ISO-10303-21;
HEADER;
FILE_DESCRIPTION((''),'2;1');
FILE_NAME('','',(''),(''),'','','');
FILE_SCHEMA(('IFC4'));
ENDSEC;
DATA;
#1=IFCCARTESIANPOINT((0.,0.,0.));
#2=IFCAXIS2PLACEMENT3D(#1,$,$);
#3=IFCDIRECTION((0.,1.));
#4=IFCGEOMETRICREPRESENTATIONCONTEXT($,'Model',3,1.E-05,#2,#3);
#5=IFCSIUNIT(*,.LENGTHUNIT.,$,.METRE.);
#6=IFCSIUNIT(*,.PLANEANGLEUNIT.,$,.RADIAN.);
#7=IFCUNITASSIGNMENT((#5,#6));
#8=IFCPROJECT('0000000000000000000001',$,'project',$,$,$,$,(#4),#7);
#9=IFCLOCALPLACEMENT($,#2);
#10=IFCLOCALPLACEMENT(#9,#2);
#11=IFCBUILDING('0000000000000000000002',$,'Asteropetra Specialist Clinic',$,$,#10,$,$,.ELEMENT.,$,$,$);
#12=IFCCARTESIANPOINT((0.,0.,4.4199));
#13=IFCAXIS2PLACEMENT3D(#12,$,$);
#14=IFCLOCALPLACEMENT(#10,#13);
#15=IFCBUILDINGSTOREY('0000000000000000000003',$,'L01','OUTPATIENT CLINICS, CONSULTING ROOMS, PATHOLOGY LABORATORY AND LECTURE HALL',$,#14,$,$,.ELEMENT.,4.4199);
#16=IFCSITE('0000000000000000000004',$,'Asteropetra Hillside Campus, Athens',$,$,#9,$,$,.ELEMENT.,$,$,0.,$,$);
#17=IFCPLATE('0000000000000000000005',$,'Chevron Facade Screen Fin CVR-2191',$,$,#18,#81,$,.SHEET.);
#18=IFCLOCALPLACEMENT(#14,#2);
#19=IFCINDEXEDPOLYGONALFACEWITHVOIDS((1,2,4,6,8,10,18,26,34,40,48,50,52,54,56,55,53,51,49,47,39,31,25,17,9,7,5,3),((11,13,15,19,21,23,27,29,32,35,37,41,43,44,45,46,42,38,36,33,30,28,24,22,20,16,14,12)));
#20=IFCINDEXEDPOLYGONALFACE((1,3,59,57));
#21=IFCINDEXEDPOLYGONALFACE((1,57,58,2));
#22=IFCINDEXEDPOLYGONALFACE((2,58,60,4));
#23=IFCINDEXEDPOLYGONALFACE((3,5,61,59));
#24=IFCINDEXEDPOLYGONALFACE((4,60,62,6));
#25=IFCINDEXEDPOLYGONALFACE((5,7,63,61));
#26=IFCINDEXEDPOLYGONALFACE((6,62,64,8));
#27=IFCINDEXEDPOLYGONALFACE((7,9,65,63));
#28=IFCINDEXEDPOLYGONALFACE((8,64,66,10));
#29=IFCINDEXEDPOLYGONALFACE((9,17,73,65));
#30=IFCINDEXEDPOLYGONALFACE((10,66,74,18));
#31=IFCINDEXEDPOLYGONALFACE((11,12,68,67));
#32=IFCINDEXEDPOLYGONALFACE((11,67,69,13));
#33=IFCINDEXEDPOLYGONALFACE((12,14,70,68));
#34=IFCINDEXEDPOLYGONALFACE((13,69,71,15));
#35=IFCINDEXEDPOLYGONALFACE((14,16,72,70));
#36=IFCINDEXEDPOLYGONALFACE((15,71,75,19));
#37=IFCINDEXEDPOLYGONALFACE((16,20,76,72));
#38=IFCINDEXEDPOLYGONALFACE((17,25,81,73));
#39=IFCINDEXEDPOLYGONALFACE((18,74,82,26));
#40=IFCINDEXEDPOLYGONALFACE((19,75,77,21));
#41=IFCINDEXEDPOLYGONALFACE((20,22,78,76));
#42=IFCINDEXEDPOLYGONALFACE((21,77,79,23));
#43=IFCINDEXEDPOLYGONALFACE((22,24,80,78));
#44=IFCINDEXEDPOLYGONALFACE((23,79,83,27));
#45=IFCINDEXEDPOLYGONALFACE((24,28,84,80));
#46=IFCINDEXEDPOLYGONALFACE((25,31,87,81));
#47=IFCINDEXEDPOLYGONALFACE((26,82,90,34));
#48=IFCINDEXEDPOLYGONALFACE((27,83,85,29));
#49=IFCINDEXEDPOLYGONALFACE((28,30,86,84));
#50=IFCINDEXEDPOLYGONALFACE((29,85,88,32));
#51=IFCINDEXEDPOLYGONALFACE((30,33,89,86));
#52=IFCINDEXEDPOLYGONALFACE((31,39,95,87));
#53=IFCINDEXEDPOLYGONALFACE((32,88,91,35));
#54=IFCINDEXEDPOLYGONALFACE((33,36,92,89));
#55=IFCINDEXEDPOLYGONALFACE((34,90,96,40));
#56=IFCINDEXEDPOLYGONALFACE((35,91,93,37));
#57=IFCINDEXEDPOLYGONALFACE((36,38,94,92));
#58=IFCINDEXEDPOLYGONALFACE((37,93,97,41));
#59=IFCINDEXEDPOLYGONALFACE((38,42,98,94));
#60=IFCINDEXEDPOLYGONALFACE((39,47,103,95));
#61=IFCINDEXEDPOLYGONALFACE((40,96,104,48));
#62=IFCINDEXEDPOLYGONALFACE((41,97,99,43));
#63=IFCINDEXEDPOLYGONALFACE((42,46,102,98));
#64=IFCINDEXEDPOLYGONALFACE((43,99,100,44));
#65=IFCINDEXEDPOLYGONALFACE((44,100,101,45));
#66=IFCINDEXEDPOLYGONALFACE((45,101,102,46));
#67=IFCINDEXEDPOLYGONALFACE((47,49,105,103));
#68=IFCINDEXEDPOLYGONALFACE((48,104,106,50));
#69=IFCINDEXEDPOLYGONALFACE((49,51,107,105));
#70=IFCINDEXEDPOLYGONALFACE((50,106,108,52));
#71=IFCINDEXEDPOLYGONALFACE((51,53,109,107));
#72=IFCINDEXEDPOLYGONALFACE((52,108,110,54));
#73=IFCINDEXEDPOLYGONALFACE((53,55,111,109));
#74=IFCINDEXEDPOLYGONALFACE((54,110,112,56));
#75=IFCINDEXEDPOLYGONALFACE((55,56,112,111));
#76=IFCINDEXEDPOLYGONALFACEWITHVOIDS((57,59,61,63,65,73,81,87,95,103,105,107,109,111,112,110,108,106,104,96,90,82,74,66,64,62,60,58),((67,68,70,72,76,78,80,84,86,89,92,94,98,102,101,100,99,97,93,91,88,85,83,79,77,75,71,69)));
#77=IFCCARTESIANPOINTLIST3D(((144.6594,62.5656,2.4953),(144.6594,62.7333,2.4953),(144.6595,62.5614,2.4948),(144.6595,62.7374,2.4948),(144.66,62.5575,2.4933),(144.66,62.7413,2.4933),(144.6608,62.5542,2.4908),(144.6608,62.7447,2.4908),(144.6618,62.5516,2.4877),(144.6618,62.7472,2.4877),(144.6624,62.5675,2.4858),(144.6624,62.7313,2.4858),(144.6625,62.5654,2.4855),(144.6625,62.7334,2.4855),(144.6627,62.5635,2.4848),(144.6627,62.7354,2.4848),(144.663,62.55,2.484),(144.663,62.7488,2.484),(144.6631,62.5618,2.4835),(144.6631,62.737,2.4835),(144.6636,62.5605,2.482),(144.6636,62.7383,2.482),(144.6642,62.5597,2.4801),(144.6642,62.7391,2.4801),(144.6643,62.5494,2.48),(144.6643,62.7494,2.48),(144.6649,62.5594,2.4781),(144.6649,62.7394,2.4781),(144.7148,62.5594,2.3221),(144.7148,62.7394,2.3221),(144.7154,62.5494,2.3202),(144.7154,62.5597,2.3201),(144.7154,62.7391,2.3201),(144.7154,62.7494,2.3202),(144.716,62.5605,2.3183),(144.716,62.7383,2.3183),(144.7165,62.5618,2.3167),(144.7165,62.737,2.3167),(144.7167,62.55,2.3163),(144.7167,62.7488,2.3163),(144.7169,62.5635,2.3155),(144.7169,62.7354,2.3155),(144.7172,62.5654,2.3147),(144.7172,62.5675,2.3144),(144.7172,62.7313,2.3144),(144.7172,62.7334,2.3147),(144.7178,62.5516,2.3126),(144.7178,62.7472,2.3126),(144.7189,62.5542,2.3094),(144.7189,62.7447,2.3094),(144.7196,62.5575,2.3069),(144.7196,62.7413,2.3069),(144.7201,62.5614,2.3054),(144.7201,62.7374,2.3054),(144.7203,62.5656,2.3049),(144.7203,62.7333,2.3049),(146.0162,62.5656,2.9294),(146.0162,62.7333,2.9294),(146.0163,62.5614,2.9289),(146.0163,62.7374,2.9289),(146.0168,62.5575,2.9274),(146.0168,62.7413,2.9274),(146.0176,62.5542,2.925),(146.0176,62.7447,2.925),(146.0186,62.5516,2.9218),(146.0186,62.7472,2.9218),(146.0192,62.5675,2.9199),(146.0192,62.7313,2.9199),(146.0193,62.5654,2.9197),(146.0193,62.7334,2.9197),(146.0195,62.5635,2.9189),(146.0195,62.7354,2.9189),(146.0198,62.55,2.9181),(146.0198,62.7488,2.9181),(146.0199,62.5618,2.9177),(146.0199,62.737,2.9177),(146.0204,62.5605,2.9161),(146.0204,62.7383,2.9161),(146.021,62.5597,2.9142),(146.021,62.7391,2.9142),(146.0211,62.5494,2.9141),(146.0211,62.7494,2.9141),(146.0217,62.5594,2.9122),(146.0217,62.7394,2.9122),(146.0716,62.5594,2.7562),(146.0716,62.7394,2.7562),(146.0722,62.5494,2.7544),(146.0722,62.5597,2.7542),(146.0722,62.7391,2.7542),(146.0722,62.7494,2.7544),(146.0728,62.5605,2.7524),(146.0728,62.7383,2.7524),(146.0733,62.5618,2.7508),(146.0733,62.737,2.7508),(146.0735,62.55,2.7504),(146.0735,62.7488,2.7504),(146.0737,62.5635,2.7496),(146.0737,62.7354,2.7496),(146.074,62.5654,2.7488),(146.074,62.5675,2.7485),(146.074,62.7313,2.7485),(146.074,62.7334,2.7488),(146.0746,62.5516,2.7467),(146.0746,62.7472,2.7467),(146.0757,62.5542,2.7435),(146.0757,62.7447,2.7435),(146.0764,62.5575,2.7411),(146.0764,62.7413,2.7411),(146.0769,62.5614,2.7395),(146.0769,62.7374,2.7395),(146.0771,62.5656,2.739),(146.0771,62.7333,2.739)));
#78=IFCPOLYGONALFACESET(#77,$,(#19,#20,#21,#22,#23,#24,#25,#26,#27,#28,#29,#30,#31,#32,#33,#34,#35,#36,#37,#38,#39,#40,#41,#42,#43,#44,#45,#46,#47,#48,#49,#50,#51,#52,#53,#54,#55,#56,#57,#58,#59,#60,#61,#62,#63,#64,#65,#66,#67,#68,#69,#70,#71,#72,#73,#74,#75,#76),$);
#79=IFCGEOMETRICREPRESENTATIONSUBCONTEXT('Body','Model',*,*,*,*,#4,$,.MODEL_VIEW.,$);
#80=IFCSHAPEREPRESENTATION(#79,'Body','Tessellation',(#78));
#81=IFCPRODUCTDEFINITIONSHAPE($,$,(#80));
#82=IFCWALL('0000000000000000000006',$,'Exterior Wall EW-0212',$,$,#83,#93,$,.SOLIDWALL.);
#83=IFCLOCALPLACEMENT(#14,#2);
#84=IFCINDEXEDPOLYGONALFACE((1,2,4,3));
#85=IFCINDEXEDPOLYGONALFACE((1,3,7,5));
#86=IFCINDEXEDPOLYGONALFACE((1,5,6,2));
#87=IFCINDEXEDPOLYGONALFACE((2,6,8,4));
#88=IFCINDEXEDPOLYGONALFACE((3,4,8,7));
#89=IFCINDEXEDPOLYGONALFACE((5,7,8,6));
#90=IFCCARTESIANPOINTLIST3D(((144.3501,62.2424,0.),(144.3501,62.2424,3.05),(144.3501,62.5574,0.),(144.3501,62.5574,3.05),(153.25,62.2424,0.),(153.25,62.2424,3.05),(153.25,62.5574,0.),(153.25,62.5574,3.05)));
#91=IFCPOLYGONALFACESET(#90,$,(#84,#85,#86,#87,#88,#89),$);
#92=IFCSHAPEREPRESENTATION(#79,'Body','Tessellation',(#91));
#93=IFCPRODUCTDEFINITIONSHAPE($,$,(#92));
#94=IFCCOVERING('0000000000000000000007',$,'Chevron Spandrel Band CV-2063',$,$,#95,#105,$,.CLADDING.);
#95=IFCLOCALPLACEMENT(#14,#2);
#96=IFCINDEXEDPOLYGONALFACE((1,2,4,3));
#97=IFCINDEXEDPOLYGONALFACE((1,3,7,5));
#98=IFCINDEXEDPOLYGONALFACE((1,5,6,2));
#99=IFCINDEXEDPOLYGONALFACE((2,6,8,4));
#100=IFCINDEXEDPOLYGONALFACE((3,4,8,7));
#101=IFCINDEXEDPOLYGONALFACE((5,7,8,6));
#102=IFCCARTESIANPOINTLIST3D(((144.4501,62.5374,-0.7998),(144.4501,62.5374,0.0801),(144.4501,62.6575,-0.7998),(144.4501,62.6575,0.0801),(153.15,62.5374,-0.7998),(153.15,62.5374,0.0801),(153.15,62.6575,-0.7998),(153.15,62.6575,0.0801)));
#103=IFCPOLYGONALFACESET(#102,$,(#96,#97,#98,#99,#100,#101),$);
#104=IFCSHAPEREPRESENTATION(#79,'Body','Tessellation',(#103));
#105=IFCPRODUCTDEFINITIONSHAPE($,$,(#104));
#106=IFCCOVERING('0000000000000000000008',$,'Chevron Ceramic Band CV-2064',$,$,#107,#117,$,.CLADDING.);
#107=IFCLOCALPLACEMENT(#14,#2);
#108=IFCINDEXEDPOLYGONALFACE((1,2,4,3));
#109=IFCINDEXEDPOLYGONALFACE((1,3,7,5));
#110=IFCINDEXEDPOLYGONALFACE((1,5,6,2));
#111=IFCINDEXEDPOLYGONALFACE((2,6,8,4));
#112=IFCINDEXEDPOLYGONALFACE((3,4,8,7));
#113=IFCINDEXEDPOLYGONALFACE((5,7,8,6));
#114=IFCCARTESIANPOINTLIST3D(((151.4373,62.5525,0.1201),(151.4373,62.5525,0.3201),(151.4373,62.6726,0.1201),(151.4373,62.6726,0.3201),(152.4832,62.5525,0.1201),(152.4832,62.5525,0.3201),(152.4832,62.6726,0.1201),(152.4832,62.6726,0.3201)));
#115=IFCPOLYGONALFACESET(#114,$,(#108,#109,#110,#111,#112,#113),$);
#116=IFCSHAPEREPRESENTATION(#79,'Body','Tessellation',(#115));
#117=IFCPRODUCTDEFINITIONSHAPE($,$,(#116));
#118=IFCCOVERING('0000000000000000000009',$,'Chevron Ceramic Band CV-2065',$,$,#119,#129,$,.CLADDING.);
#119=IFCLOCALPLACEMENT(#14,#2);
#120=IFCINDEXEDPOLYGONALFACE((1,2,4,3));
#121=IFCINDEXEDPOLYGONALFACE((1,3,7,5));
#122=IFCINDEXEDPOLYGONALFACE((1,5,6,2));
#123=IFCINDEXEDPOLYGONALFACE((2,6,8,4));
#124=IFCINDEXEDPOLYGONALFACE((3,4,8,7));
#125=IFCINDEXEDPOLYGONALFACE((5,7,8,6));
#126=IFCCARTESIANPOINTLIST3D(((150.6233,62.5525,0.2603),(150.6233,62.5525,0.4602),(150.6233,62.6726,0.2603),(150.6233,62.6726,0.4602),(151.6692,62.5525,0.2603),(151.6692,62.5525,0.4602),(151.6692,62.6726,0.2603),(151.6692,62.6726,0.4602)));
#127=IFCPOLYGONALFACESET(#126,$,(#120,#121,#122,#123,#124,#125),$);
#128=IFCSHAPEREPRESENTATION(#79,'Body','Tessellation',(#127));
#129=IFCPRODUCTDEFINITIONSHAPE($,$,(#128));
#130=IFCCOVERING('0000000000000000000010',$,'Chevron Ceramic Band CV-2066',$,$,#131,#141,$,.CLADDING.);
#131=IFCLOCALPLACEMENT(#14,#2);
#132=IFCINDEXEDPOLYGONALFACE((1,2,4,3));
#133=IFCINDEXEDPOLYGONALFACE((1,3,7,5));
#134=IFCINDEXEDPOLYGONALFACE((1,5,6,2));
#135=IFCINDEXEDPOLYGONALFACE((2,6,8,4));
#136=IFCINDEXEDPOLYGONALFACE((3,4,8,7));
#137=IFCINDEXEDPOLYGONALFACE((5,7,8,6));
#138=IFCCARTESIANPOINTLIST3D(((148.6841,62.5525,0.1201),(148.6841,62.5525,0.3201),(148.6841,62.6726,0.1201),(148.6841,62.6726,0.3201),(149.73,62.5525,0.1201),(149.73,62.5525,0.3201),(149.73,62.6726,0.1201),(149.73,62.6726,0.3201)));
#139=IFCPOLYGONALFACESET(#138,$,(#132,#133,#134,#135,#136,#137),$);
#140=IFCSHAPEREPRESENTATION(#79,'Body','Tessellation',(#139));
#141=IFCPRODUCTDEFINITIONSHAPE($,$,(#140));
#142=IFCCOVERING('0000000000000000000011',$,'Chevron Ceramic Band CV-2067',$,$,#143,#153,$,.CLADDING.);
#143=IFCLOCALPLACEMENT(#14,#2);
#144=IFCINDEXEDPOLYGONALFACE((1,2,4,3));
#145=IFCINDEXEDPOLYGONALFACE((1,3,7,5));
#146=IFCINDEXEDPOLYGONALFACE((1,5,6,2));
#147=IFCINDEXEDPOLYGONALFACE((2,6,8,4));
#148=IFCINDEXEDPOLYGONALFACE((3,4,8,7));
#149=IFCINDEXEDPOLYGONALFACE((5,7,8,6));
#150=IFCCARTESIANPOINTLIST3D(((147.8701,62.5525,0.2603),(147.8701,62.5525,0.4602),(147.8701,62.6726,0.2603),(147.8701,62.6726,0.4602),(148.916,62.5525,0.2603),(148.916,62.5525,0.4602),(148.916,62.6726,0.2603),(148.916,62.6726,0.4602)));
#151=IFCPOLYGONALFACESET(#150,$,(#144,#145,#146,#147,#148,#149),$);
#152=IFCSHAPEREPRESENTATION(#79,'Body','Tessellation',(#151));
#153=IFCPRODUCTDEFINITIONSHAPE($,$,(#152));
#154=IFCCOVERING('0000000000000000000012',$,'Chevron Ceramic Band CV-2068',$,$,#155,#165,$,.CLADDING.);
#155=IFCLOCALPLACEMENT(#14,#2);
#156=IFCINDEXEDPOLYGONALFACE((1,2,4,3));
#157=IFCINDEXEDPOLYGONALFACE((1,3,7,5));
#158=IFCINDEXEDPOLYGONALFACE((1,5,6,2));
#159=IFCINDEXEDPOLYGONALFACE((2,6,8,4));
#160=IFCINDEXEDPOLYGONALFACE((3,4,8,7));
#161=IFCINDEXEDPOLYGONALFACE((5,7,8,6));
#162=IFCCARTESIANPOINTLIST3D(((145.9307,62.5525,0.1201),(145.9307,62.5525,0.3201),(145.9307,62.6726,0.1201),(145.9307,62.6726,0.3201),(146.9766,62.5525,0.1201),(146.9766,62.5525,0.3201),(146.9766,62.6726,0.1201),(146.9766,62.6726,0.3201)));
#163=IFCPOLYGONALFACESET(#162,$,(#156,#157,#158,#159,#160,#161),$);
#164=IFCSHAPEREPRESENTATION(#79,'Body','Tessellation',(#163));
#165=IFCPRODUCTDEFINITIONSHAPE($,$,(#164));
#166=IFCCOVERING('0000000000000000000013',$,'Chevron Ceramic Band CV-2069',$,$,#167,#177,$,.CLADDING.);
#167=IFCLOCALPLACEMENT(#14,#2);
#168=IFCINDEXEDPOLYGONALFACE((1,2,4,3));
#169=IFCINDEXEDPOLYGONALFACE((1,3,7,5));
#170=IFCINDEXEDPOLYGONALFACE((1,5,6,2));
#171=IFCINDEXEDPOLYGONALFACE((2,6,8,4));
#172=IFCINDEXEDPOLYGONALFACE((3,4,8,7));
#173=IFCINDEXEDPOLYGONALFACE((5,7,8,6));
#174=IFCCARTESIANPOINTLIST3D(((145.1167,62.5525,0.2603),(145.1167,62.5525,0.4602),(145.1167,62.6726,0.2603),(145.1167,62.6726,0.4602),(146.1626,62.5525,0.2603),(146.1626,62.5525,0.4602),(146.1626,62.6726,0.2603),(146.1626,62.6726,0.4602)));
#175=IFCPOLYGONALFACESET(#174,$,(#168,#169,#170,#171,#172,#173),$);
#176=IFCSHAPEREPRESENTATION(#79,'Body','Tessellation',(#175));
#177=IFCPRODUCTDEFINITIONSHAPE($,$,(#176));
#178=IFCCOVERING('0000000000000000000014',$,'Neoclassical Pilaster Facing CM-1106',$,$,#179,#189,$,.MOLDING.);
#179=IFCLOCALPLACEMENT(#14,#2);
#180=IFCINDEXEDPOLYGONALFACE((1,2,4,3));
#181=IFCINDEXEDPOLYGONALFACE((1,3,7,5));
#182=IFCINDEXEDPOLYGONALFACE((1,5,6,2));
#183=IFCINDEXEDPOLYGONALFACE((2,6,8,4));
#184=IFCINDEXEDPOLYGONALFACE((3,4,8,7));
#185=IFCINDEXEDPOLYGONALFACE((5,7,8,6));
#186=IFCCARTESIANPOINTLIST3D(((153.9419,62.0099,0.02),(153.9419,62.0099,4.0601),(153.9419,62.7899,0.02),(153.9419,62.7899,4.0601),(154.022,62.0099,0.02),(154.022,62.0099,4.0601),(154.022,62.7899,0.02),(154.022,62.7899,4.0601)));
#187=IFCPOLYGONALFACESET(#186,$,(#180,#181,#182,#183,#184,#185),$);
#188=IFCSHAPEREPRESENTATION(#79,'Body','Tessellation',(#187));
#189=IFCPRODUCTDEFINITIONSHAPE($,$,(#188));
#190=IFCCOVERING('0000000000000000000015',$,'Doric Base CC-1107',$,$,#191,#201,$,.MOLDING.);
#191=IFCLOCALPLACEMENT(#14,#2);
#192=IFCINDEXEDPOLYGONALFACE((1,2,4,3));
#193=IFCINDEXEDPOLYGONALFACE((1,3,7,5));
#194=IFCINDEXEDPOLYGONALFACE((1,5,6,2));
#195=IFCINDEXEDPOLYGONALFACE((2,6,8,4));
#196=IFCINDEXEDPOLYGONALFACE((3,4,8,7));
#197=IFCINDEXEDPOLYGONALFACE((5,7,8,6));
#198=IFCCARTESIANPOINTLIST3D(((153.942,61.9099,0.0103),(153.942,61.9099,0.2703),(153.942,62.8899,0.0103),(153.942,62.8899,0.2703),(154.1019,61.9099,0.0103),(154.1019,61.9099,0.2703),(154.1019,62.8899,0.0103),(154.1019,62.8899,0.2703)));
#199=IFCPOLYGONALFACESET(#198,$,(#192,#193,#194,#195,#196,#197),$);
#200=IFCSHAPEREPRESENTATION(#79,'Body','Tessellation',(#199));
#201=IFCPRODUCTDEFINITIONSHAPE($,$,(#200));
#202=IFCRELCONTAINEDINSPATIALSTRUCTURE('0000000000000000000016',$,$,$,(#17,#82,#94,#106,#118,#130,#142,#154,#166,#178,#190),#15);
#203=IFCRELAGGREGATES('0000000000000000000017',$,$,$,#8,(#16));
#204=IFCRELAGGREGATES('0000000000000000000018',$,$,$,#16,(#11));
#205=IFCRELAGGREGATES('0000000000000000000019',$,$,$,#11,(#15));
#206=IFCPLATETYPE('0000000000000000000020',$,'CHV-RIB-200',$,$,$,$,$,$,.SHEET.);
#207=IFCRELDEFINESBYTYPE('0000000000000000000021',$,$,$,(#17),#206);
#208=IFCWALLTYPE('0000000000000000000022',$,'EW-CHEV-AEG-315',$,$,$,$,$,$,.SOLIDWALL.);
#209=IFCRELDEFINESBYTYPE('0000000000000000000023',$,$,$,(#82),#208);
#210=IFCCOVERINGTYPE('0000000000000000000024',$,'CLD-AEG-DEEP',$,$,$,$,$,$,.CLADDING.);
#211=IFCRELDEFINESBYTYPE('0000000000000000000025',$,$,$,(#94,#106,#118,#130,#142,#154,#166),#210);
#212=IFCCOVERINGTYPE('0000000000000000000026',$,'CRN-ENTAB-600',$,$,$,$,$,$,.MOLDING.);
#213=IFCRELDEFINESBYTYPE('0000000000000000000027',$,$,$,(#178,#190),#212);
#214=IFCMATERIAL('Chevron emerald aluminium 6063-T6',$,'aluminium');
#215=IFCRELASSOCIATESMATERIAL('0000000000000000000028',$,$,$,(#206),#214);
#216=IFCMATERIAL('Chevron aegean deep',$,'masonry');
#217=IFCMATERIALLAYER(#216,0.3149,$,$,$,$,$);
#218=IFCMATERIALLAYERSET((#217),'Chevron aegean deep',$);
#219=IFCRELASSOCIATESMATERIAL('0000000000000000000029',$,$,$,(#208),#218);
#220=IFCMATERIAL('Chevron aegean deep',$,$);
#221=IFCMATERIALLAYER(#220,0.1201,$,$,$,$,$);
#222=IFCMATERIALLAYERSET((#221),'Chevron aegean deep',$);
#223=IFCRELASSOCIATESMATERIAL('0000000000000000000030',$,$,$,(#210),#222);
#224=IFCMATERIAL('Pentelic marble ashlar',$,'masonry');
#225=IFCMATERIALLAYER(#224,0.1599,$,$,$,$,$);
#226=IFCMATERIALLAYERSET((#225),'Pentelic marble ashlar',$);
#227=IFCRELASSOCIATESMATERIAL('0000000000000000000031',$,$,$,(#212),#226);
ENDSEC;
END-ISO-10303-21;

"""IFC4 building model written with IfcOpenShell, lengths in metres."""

from ifc_helpers import new_model, si_unit, direction, frame, frame_2d, origin, origin_2d, place, context, subcontext, project, spatial, rectangle, hollow_rectangle, extrude, material, layer, layer_set, material_profile, profile_set, type_object, element, save


model = new_model("IFC4")

# Units and contexts
model_context = context("Model", 3, precision=1e-05, world=origin(), true_north=direction((0.0, 1.0)))
body_context = subcontext(model_context, "Body", "Model", "MODEL_VIEW")
ifc_project = project(units=[si_unit("LENGTHUNIT", "METRE"), si_unit("PLANEANGLEUNIT", "RADIAN")], contexts=[model_context])

# Site, building, storey
site_placement = place(None, origin())
site = spatial("IfcSite", under=ifc_project, at=site_placement, Name="Asteropetra Hillside Campus, Athens", CompositionType="ELEMENT", RefElevation=0.0)
building_placement = place(site_placement, origin())
building = spatial("IfcBuilding", under=site, at=building_placement, Name="Asteropetra Specialist Clinic", CompositionType="ELEMENT")
storey_placement = place(building_placement, frame((0.0, 0.0, 4.4199)))
storey = spatial("IfcBuildingStorey", under=building, at=storey_placement, Name="L01", Description="OUTPATIENT CLINICS, CONSULTING ROOMS, PATHOLOGY LABORATORY AND LECTURE HALL", CompositionType="ELEMENT", Elevation=4.4199)

# Plate
ifc_material_1 = material(Name="Chevron emerald aluminium 6063-T6", Category="aluminium")
ifc_material_profile_1 = material_profile(ifc_material_1, hollow_rectangle(XDim=0.2, YDim=0.2, WallThickness=0.01, InnerFilletRadius=0.0081, OuterFilletRadius=0.0161, at=origin_2d()), Name="SHS 200x200x10.0")
ifc_profile_set_1 = profile_set([ifc_material_profile_1], Name="Chevron emerald aluminium 6063-T6")
plate_type = type_object("IfcPlateType", Name="CHV-RIB-200", PredefinedType="SHEET", material=ifc_profile_set_1)
for number, where, z_axis, x_axis, name in (
    (1, (146.0466, 62.6494, 2.8342), (-0.952436, 0.0, -0.304738), (0.0, -1.0, 0.0), "Chevron Facade Screen Fin CVR-2191"),
):
    element("IfcPlate", number, at=place(storey_placement, frame(where, z_axis=z_axis, x_axis=x_axis)), inside=storey, type_object=plate_type, Name=name, PredefinedType="SHEET", context=body_context, shape_type="SweptSolid", body=[
        extrude(hollow_rectangle(XDim=0.2, YDim=0.2, WallThickness=0.01, InnerFilletRadius=0.0081, OuterFilletRadius=0.0161, at=origin_2d()), origin(), (0.0, 0.0, 1.0), 1.4246),
    ])

# Wall
ifc_material_2 = material(Name="Chevron aegean deep", Category="masonry")
ifc_layer_1 = layer(ifc_material_2, 0.3149)
ifc_layer_set_1 = layer_set([ifc_layer_1], Name="Chevron aegean deep")
wall_type = type_object("IfcWallType", Name="EW-CHEV-AEG-315", PredefinedType="SOLIDWALL", material=ifc_layer_set_1)
wall_placement = place(storey_placement, frame((153.25, 62.3999, 0.0), z_axis=(0.0, 0.0, 1.0), x_axis=(-1.0, 0.0, 0.0)))
element("IfcWall", 2, at=wall_placement, inside=storey, type_object=wall_type, Name="Exterior Wall EW-0212", PredefinedType="SOLIDWALL", context=body_context, shape_type="SweptSolid", body=[
    extrude(rectangle(XDim=8.8999, YDim=0.3149, at=frame_2d((4.45, 0.0))), origin(), (0.0, 0.0, 1.0), 3.05),
])

# Coverings
ifc_material_3 = material(Name="Chevron aegean deep")
ifc_layer_2 = layer(ifc_material_3, 0.1201)
ifc_layer_set_2 = layer_set([ifc_layer_2], Name="Chevron aegean deep")
covering_type_1 = type_object("IfcCoveringType", Name="CLD-AEG-DEEP", PredefinedType="CLADDING", material=ifc_layer_set_2)
covering_1_placement = place(storey_placement, frame((148.8, 62.5974, -0.7998), z_axis=(0.0, 0.0, 1.0), x_axis=(1.0, 0.0, 0.0)))
element("IfcCovering", 3, at=covering_1_placement, inside=storey, type_object=covering_type_1, Name="Chevron Spandrel Band CV-2063", PredefinedType="CLADDING", context=body_context, shape_type="SweptSolid", body=[
    extrude(rectangle(XDim=8.7, YDim=0.1201, at=origin_2d()), origin(), (0.0, 0.0, 1.0), 0.8799),
])
for number, where, z_axis, x_axis, name in (
    (4, (151.9602, 62.6125, 0.1201), (0.0, 0.0, 1.0), (1.0, 0.0, 0.0), "Chevron Ceramic Band CV-2064"),
    (5, (151.1462, 62.6125, 0.2603), (0.0, 0.0, 1.0), (1.0, 0.0, 0.0), "Chevron Ceramic Band CV-2065"),
    (6, (149.207, 62.6125, 0.1201), (0.0, 0.0, 1.0), (1.0, 0.0, 0.0), "Chevron Ceramic Band CV-2066"),
    (7, (148.3931, 62.6125, 0.2603), (0.0, 0.0, 1.0), (1.0, 0.0, 0.0), "Chevron Ceramic Band CV-2067"),
    (8, (146.4536, 62.6125, 0.1201), (0.0, 0.0, 1.0), (1.0, 0.0, 0.0), "Chevron Ceramic Band CV-2068"),
    (9, (145.6396, 62.6125, 0.2603), (0.0, 0.0, 1.0), (1.0, 0.0, 0.0), "Chevron Ceramic Band CV-2069"),
):
    element("IfcCovering", number, at=place(storey_placement, frame(where, z_axis=z_axis, x_axis=x_axis)), inside=storey, type_object=covering_type_1, Name=name, PredefinedType="CLADDING", context=body_context, shape_type="SweptSolid", body=[
        extrude(rectangle(XDim=1.0459, YDim=0.1201, at=origin_2d()), origin(), (0.0, 0.0, 1.0), 0.2),
    ])
ifc_material_4 = material(Name="Pentelic marble ashlar", Category="masonry")
ifc_layer_3 = layer(ifc_material_4, 0.1599)
ifc_layer_set_3 = layer_set([ifc_layer_3], Name="Pentelic marble ashlar")
covering_type_2 = type_object("IfcCoveringType", Name="CRN-ENTAB-600", PredefinedType="MOLDING", material=ifc_layer_set_3)
covering_2_placement = place(storey_placement, frame((153.9819, 62.3999, 0.02), z_axis=(0.0, 0.0, 1.0), x_axis=(1.0, 0.0, 0.0)))
element("IfcCovering", 10, at=covering_2_placement, inside=storey, type_object=covering_type_2, Name="Neoclassical Pilaster Facing CM-1106", PredefinedType="MOLDING", context=body_context, shape_type="SweptSolid", body=[
    extrude(rectangle(XDim=0.0801, YDim=0.78, at=origin_2d()), origin(), (0.0, 0.0, 1.0), 4.04),
])
for number, where, z_axis, x_axis, name in (
    (11, (154.022, 62.3999, 0.0103), (0.0, 0.0, 1.0), (1.0, 0.0, 0.0), "Doric Base CC-1107"),
):
    element("IfcCovering", number, at=place(storey_placement, frame(where, z_axis=z_axis, x_axis=x_axis)), inside=storey, type_object=covering_type_2, Name=name, PredefinedType="MOLDING", context=body_context, shape_type="SweptSolid", body=[
        extrude(rectangle(XDim=0.1599, YDim=0.98, at=origin_2d()), origin(), (0.0, 0.0, 1.0), 0.26),
    ])

save(model, "model.ifc")
